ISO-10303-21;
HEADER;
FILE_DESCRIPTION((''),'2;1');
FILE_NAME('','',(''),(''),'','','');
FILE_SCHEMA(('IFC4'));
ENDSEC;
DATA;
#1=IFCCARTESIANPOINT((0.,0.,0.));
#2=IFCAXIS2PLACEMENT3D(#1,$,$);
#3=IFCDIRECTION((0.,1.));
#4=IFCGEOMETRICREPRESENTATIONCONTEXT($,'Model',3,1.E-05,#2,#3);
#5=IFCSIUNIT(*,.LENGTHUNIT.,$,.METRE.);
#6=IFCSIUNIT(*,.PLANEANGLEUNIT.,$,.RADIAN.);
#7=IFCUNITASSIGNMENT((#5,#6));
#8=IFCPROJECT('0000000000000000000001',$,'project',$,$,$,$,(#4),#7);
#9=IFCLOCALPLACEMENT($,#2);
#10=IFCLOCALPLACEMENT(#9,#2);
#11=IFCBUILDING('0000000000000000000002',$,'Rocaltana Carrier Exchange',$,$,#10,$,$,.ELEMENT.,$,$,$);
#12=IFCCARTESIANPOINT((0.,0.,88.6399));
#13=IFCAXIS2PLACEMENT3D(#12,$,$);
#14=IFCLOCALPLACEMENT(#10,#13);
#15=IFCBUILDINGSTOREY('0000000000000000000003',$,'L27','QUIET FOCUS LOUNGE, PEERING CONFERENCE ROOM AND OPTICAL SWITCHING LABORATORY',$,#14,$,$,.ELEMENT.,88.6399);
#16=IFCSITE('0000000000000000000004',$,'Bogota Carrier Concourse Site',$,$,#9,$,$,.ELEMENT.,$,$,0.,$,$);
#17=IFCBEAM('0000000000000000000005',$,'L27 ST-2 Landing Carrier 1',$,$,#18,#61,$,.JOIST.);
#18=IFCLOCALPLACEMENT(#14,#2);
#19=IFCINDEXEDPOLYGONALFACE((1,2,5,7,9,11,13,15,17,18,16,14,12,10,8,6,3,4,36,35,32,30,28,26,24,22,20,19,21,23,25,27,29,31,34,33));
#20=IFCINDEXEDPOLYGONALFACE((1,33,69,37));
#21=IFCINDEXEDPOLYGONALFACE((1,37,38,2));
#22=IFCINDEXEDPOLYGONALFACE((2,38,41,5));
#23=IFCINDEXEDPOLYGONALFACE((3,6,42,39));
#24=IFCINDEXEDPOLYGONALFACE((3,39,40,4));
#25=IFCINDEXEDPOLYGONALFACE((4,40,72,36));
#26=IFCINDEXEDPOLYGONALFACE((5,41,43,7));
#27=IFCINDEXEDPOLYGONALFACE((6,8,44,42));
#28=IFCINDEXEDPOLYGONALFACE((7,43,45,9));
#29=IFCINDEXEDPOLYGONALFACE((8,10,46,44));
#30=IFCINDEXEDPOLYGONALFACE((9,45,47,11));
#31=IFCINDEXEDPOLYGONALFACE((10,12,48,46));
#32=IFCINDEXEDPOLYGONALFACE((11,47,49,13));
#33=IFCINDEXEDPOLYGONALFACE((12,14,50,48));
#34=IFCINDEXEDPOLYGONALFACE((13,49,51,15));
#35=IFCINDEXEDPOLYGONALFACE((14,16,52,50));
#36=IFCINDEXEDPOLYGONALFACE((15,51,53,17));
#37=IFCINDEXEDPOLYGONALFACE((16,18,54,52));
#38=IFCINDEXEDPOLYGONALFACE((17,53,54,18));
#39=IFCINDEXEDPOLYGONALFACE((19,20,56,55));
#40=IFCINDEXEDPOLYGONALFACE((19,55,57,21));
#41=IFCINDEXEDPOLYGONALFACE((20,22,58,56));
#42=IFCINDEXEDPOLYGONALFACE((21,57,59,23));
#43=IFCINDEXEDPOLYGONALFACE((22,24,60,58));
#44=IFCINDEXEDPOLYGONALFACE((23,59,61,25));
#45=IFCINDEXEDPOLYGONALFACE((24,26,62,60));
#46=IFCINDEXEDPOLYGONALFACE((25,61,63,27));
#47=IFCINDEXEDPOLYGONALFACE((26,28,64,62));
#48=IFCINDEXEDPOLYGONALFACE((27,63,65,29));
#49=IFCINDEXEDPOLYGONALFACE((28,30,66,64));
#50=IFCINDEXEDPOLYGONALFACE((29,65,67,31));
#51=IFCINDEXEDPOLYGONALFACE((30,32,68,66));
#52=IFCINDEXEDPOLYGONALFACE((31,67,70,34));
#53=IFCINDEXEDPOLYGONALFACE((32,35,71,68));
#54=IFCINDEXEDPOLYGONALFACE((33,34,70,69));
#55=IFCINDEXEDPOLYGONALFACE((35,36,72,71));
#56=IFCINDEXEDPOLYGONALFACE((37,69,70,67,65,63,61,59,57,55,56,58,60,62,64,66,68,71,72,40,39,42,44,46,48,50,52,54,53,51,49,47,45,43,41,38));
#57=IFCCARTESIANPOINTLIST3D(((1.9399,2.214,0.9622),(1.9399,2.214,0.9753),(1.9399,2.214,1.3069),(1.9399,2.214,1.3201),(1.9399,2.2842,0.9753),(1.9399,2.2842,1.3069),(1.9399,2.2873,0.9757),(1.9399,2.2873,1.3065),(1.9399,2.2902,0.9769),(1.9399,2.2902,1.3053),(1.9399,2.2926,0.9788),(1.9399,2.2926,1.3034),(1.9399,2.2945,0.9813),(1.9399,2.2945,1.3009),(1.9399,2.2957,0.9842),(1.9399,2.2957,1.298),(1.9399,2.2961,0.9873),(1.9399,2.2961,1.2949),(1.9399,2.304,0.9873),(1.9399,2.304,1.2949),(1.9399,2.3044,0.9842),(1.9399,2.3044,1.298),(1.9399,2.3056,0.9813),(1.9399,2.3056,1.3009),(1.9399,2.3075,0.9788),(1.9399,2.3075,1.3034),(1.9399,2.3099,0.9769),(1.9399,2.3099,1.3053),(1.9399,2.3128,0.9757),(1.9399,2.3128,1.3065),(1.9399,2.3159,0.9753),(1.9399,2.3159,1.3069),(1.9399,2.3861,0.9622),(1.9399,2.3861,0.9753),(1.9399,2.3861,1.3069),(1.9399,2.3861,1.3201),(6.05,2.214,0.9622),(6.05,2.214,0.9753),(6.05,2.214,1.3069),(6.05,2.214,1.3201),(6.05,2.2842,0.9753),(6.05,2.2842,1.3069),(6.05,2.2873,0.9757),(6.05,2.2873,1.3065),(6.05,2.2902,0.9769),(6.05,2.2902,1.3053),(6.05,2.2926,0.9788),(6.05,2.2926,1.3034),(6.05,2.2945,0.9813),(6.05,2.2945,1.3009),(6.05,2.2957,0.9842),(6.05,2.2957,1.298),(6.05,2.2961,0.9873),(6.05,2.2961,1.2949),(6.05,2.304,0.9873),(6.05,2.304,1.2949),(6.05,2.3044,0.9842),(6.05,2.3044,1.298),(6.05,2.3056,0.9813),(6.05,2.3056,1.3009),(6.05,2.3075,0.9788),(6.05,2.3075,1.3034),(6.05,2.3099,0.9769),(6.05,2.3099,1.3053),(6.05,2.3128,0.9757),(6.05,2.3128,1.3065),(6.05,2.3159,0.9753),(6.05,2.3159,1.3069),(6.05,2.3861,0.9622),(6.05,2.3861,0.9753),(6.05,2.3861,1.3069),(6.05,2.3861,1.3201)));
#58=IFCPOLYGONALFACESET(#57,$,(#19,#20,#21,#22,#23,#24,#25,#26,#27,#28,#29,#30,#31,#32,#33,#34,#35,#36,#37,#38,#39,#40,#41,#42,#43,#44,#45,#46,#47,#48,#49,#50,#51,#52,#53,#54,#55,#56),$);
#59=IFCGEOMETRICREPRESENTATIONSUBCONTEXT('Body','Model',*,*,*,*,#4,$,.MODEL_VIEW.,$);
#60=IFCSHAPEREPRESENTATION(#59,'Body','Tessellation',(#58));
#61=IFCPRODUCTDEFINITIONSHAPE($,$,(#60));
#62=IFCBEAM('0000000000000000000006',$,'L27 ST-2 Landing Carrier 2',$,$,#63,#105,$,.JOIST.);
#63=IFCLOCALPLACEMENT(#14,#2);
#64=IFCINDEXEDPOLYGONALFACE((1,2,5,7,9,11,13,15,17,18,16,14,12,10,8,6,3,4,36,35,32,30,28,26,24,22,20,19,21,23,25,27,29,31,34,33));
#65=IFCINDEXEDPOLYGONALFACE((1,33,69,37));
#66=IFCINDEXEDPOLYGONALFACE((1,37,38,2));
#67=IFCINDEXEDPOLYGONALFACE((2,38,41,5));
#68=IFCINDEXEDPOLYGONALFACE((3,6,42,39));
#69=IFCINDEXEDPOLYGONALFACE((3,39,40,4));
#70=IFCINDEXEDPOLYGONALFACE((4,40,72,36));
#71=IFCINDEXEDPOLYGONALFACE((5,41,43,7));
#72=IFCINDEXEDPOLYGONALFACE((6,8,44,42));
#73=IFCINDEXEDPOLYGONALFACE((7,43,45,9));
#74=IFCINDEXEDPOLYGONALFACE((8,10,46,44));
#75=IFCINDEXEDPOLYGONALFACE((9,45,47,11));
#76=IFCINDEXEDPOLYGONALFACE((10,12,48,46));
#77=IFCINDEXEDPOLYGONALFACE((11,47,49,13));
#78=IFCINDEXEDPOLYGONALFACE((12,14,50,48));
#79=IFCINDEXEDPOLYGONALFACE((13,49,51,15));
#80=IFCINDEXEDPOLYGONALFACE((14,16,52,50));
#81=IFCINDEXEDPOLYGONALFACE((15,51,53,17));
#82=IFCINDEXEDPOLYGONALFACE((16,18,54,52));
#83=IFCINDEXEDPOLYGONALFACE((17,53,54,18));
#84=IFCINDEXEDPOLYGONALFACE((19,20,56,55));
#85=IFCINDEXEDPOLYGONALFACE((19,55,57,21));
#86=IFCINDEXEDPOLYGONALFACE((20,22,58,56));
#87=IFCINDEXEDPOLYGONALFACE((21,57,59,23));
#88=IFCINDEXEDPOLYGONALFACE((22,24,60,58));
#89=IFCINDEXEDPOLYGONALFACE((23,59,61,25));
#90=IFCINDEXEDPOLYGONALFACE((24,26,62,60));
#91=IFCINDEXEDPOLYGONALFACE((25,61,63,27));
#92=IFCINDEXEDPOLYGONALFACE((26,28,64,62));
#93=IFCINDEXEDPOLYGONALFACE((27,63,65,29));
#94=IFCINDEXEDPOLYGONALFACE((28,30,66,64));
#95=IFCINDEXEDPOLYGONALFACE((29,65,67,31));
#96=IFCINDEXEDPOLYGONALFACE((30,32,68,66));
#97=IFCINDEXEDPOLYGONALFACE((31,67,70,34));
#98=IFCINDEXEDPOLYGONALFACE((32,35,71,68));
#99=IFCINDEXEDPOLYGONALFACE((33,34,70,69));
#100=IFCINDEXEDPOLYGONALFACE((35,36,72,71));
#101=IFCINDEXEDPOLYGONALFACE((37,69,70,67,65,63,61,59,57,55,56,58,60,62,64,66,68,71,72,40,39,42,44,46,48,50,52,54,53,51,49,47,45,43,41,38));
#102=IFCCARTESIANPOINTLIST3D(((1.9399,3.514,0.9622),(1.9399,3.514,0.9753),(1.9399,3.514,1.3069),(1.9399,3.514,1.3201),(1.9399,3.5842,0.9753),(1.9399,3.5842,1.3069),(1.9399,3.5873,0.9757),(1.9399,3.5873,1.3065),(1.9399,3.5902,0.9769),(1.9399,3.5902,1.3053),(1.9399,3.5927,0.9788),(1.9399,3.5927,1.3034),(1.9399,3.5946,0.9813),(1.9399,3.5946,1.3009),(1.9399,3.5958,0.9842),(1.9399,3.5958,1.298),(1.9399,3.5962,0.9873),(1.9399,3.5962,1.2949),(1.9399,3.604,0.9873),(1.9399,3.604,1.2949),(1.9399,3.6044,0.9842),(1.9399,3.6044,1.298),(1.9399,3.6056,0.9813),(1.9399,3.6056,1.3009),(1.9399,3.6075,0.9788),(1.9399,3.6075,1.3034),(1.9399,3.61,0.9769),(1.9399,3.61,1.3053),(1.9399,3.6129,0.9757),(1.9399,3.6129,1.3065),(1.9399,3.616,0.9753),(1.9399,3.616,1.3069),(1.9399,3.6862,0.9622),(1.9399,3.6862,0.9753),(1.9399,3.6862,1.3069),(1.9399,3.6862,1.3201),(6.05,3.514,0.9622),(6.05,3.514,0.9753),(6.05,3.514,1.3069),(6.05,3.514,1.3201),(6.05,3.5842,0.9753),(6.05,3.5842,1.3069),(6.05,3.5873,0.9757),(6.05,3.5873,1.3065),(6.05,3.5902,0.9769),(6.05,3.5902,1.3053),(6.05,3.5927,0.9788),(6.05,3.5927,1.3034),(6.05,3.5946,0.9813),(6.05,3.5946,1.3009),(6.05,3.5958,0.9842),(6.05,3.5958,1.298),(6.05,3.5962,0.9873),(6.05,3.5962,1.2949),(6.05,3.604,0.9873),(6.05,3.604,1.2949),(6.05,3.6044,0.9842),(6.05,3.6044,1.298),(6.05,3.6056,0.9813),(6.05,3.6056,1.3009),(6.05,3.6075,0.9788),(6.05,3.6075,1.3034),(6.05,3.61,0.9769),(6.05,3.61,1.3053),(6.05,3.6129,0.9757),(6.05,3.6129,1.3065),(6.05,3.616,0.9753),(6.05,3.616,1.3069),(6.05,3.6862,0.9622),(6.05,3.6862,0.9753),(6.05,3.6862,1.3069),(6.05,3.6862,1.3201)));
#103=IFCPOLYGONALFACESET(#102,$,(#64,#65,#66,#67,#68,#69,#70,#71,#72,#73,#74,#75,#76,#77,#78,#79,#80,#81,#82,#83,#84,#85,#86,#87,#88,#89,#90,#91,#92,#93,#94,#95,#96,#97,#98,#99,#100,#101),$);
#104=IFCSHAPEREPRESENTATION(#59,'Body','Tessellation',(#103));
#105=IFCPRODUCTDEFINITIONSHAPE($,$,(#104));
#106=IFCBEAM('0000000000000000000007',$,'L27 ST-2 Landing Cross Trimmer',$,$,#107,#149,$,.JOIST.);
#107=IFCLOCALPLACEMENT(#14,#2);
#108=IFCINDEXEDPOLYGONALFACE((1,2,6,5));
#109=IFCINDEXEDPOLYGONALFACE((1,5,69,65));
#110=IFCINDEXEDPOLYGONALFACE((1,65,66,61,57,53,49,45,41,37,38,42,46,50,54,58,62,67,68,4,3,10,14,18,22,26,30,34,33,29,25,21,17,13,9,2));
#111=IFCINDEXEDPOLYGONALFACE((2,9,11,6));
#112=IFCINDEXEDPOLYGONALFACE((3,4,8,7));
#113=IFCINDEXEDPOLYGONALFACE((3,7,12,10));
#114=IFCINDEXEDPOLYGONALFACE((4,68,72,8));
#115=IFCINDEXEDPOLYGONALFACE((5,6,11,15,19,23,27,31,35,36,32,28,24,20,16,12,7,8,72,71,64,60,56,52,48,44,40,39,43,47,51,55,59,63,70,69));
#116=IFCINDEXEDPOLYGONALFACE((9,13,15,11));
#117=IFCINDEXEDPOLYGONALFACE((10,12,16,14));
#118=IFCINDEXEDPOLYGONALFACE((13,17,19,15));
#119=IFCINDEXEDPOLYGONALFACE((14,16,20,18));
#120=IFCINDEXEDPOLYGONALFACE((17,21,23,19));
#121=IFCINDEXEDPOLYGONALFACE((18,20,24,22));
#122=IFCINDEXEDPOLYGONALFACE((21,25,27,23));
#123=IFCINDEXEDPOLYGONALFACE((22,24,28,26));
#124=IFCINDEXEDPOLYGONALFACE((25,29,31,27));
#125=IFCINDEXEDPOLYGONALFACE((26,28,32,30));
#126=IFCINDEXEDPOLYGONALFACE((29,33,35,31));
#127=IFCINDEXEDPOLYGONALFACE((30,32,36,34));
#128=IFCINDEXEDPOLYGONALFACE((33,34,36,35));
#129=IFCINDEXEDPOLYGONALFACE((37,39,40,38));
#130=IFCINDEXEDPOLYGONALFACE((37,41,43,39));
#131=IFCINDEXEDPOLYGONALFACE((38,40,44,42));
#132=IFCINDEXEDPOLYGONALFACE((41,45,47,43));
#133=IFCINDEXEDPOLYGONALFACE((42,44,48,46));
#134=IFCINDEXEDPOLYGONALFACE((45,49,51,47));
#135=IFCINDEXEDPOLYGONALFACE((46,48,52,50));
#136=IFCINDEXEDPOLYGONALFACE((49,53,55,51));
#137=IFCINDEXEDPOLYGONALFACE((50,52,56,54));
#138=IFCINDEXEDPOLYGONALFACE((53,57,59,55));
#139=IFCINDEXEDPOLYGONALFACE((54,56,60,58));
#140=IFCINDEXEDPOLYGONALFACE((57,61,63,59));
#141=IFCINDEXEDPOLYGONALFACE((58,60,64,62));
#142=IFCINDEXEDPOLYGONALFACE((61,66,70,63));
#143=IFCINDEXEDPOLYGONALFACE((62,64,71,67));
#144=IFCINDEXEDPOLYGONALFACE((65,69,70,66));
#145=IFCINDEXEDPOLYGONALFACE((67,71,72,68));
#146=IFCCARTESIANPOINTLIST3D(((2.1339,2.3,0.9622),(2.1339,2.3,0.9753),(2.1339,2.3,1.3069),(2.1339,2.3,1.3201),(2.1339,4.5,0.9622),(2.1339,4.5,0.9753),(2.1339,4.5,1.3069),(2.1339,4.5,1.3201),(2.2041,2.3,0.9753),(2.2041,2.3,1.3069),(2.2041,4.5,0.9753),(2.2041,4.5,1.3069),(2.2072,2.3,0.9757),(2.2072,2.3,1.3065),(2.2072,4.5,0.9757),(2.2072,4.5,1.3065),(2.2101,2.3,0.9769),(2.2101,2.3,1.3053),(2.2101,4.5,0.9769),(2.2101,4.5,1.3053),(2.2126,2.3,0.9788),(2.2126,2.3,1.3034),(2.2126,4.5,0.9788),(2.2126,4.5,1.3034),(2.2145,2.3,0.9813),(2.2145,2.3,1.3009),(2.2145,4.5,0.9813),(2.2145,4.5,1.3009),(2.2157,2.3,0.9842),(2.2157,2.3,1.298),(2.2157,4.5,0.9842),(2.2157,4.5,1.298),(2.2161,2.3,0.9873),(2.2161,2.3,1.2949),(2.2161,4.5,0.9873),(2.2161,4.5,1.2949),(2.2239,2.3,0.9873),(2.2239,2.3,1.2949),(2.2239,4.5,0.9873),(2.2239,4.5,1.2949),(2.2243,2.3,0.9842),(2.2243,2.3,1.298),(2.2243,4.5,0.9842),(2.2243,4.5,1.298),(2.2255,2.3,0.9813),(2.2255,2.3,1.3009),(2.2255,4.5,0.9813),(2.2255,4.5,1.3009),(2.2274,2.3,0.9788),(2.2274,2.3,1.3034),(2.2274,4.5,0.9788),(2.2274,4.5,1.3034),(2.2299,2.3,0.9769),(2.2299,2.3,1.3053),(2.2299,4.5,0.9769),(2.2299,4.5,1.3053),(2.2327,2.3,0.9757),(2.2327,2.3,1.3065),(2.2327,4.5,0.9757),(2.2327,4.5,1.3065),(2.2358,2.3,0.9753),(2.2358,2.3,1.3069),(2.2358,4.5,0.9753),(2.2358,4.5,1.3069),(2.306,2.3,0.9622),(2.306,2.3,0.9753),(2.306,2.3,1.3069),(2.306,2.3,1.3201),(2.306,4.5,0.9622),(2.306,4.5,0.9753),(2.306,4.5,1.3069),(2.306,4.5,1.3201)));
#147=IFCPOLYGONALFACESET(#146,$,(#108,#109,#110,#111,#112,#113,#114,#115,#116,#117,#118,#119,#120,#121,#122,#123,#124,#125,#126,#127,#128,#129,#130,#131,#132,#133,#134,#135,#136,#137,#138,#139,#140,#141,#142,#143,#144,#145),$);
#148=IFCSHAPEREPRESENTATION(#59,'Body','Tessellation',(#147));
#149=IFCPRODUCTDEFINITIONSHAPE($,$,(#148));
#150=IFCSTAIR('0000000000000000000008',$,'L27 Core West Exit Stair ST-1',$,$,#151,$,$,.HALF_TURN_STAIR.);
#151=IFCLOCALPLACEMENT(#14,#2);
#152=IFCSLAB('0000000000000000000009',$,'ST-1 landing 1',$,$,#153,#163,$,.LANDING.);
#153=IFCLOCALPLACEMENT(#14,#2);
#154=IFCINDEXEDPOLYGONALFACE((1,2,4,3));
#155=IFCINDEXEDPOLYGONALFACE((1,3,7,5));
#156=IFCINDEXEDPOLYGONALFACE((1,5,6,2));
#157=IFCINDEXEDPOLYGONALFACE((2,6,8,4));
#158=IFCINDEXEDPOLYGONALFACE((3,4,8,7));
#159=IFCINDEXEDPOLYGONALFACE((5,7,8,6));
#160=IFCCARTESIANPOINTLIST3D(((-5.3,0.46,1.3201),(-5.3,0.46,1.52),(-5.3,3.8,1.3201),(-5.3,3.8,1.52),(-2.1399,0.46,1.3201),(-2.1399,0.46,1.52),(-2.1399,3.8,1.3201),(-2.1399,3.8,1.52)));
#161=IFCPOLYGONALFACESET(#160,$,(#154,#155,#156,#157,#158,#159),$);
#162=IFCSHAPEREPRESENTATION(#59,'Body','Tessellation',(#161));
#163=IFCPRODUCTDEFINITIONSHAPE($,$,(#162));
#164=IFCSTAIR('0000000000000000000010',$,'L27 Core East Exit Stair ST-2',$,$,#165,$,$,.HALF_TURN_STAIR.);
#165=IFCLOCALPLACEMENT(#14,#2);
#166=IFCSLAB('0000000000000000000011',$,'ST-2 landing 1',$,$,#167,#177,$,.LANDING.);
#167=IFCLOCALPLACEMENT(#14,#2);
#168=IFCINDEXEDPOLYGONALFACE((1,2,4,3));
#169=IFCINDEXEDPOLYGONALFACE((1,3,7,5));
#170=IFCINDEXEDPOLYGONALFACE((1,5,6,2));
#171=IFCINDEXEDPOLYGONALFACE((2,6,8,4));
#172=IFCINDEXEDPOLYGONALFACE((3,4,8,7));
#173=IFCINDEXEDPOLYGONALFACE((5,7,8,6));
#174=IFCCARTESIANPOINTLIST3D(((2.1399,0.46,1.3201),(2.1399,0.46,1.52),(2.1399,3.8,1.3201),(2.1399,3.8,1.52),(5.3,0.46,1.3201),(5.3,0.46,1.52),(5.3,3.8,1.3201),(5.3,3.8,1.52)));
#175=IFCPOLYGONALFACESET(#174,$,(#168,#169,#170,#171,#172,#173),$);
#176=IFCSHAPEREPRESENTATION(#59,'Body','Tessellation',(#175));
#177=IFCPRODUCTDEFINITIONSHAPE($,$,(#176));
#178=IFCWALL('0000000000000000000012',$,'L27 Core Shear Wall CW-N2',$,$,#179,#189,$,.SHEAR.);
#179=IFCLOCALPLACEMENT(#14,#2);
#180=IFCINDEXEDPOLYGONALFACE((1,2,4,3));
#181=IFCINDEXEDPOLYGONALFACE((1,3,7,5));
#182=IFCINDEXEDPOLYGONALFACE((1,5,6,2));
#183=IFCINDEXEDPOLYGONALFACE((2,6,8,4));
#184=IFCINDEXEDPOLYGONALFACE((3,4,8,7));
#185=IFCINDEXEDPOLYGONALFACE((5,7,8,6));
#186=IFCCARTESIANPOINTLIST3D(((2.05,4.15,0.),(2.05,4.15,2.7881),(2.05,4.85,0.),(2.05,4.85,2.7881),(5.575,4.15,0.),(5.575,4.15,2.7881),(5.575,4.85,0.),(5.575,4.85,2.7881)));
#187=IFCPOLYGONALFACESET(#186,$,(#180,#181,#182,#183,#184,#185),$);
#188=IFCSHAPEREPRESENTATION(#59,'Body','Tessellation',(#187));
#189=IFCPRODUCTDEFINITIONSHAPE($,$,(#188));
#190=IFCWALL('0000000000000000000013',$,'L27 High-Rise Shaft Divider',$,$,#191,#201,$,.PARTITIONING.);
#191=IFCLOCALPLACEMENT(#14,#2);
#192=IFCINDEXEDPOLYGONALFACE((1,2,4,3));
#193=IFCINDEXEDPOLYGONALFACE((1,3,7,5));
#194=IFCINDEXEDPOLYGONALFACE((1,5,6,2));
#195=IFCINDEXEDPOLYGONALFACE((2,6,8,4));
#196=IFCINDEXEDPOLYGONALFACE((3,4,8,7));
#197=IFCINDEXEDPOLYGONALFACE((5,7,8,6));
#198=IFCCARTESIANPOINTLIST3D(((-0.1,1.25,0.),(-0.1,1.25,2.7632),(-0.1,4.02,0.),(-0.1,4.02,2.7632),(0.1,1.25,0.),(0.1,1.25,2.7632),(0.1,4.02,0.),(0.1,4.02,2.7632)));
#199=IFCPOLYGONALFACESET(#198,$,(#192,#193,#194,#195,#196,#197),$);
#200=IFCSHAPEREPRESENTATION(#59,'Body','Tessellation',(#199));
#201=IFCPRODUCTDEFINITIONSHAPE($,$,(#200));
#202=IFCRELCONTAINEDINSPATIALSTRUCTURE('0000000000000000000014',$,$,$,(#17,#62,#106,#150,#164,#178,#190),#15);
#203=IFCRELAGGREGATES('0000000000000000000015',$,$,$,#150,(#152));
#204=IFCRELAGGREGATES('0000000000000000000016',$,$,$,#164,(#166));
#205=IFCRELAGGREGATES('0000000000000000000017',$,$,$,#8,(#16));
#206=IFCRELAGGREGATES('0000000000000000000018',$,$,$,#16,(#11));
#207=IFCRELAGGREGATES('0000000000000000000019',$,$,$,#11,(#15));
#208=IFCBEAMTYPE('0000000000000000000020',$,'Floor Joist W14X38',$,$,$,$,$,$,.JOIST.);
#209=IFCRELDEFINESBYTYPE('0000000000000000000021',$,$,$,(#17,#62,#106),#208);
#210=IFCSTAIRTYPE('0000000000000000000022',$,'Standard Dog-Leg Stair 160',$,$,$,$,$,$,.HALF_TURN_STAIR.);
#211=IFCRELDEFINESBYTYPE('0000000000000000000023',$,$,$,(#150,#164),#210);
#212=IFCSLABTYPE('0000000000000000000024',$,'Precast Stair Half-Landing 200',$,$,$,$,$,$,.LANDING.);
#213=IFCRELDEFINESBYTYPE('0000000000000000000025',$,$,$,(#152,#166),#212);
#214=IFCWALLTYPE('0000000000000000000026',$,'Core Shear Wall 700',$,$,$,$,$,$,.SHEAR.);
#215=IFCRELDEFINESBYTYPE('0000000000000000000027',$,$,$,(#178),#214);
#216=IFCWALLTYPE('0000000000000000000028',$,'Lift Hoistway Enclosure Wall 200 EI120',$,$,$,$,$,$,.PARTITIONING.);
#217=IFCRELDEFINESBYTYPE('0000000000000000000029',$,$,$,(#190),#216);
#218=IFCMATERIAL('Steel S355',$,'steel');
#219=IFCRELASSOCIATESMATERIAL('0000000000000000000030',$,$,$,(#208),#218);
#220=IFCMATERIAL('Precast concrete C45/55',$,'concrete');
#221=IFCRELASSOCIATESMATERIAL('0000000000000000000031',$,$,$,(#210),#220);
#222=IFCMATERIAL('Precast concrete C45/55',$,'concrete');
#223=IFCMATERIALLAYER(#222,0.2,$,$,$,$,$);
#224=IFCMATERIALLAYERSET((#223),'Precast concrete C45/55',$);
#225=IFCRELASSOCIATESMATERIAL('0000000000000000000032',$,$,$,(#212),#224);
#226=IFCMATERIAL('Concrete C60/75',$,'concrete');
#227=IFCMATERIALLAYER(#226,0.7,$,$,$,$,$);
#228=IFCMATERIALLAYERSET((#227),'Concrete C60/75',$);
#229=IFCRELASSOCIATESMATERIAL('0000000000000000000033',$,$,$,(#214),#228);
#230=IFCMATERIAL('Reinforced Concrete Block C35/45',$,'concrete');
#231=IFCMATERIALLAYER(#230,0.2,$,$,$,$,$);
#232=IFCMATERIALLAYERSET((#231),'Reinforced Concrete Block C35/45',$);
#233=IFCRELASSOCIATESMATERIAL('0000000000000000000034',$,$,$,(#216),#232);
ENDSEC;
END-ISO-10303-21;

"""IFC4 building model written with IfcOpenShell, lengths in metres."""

from ifc_helpers import new_model, si_unit, direction, frame, frame_2d, origin, origin_2d, place, context, subcontext, project, spatial, polyline, rectangle, i_section, outline, extrude, material, layer, layer_set, material_profile, profile_set, type_object, element, aggregate, save


model = new_model("IFC4")

# Units and contexts
model_context = context("Model", 3, precision=1e-05, world=origin(), true_north=direction((0.0, 1.0)))
body_context = subcontext(model_context, "Body", "Model", "MODEL_VIEW")
ifc_project = project(units=[si_unit("LENGTHUNIT", "METRE"), si_unit("PLANEANGLEUNIT", "RADIAN")], contexts=[model_context])

# Site, building, storey
site_placement = place(None, origin())
site = spatial("IfcSite", under=ifc_project, at=site_placement, Name="Bogota Carrier Concourse Site", CompositionType="ELEMENT", RefElevation=0.0)
building_placement = place(site_placement, origin())
building = spatial("IfcBuilding", under=site, at=building_placement, Name="Rocaltana Carrier Exchange", CompositionType="ELEMENT")
storey_placement = place(building_placement, frame((0.0, 0.0, 88.6399)))
storey = spatial("IfcBuildingStorey", under=building, at=storey_placement, Name="L27", Description="QUIET FOCUS LOUNGE, PEERING CONFERENCE ROOM AND OPTICAL SWITCHING LABORATORY", CompositionType="ELEMENT", Elevation=88.6399)

# Beams
ifc_material_1 = material(Name="Steel S355", Category="steel")
ifc_material_profile = material_profile(ifc_material_1, i_section(OverallWidth=0.1721, OverallDepth=0.3579, WebThickness=0.0078, FlangeThickness=0.0132, FilletRadius=0.012, at=origin_2d()), Name="W14X38")
ifc_profile_set = profile_set([ifc_material_profile], Name="Steel S355")
beam_type = type_object("IfcBeamType", Name="Floor Joist W14X38", PredefinedType="JOIST", material=ifc_profile_set)
for number, where, z_axis, x_axis, name in (
    (1, (1.9399, 2.3, 1.1411), (1.0, 0.0, 0.0), (0.0, 1.0, 0.0), "L27 ST-2 Landing Carrier 1"),
    (2, (1.9399, 3.6001, 1.1411), (1.0, 0.0, 0.0), (0.0, 1.0, 0.0), "L27 ST-2 Landing Carrier 2"),
):
    element("IfcBeam", number, at=place(storey_placement, frame(where, z_axis=z_axis, x_axis=x_axis)), inside=storey, type_object=beam_type, Name=name, PredefinedType="JOIST", context=body_context, shape_type="SweptSolid", body=[
        extrude(i_section(OverallWidth=0.1721, OverallDepth=0.3579, WebThickness=0.0078, FlangeThickness=0.0132, FilletRadius=0.012, at=origin_2d()), origin(), (0.0, 0.0, 1.0), 4.1101),
    ])
beam_placement = place(storey_placement, frame((2.22, 2.3, 1.1411), z_axis=(0.0, 1.0, 0.0), x_axis=(-1.0, 0.0, 0.0)))
element("IfcBeam", 3, at=beam_placement, inside=storey, type_object=beam_type, Name="L27 ST-2 Landing Cross Trimmer", PredefinedType="JOIST", context=body_context, shape_type="SweptSolid", body=[
    extrude(i_section(OverallWidth=0.1721, OverallDepth=0.3579, WebThickness=0.0078, FlangeThickness=0.0132, FilletRadius=0.012, at=origin_2d()), origin(), (0.0, 0.0, 1.0), 2.2),
])

# Stairs, slabs
ifc_material_2 = material(Name="Precast concrete C45/55", Category="concrete")
stair_type = type_object("IfcStairType", Name="Standard Dog-Leg Stair 160", PredefinedType="HALF_TURN_STAIR", material=ifc_material_2)
stair_1_placement = place(storey_placement, origin())
stair_1 = element("IfcStair", 4, at=stair_1_placement, inside=storey, type_object=stair_type, Name="L27 Core West Exit Stair ST-1", PredefinedType="HALF_TURN_STAIR")
ifc_material_3 = material(Name="Precast concrete C45/55", Category="concrete")
ifc_layer_1 = layer(ifc_material_3, 0.2)
ifc_layer_set_1 = layer_set([ifc_layer_1], Name="Precast concrete C45/55")
slab_type = type_object("IfcSlabType", Name="Precast Stair Half-Landing 200", PredefinedType="LANDING", material=ifc_layer_set_1)
slab_1_placement = place(storey_placement, frame((0.0, 0.0, 1.3201)))
slab_1 = element("IfcSlab", 5, at=slab_1_placement, type_object=slab_type, Name="ST-1 landing 1", PredefinedType="LANDING", context=body_context, shape_type="SweptSolid", body=[
    extrude(outline(polyline([(-2.1399, 0.46), (-2.1399, 3.8), (-5.3, 3.8), (-5.3, 0.46), (-2.1399, 0.46)])), origin(), (0.0, 0.0, 1.0), 0.2),
])
aggregate(stair_1, [slab_1])
stair_2_placement = place(storey_placement, origin())
stair_2 = element("IfcStair", 6, at=stair_2_placement, inside=storey, type_object=stair_type, Name="L27 Core East Exit Stair ST-2", PredefinedType="HALF_TURN_STAIR")
slab_2_placement = place(storey_placement, frame((0.0, 0.0, 1.3201)))
slab_2 = element("IfcSlab", 7, at=slab_2_placement, type_object=slab_type, Name="ST-2 landing 1", PredefinedType="LANDING", context=body_context, shape_type="SweptSolid", body=[
    extrude(outline(polyline([(5.3, 0.46), (5.3, 3.8), (2.1399, 3.8), (2.1399, 0.46), (5.3, 0.46)])), origin(), (0.0, 0.0, 1.0), 0.2),
])

# Walls
ifc_material_4 = material(Name="Concrete C60/75", Category="concrete")
ifc_layer_2 = layer(ifc_material_4, 0.7)
ifc_layer_set_2 = layer_set([ifc_layer_2], Name="Concrete C60/75")
wall_type_1 = type_object("IfcWallType", Name="Core Shear Wall 700", PredefinedType="SHEAR", material=ifc_layer_set_2)
wall_1_placement = place(storey_placement, frame((2.05, 4.5, 0.0), z_axis=(0.0, 0.0, 1.0), x_axis=(1.0, 0.0, 0.0)))
element("IfcWall", 8, at=wall_1_placement, inside=storey, type_object=wall_type_1, Name="L27 Core Shear Wall CW-N2", PredefinedType="SHEAR", context=body_context, shape_type="SweptSolid", body=[
    extrude(rectangle(XDim=3.5249, YDim=0.7, at=frame_2d((1.7625, 0.0))), origin(), (0.0, 0.0, 1.0), 2.7881),
])
ifc_material_5 = material(Name="Reinforced Concrete Block C35/45", Category="concrete")
ifc_layer_3 = layer(ifc_material_5, 0.2)
ifc_layer_set_3 = layer_set([ifc_layer_3], Name="Reinforced Concrete Block C35/45")
wall_type_2 = type_object("IfcWallType", Name="Lift Hoistway Enclosure Wall 200 EI120", PredefinedType="PARTITIONING", material=ifc_layer_set_3)
wall_2_placement = place(storey_placement, frame((0.0, 1.25, 0.0), z_axis=(0.0, 0.0, 1.0), x_axis=(0.0, 1.0, 0.0)))
element("IfcWall", 9, at=wall_2_placement, inside=storey, type_object=wall_type_2, Name="L27 High-Rise Shaft Divider", PredefinedType="PARTITIONING", context=body_context, shape_type="SweptSolid", body=[
    extrude(rectangle(XDim=2.77, YDim=0.2, at=frame_2d((1.385, 0.0))), origin(), (0.0, 0.0, 1.0), 2.7632),
])

aggregate(stair_2, [slab_2])

save(model, "model.ifc")
